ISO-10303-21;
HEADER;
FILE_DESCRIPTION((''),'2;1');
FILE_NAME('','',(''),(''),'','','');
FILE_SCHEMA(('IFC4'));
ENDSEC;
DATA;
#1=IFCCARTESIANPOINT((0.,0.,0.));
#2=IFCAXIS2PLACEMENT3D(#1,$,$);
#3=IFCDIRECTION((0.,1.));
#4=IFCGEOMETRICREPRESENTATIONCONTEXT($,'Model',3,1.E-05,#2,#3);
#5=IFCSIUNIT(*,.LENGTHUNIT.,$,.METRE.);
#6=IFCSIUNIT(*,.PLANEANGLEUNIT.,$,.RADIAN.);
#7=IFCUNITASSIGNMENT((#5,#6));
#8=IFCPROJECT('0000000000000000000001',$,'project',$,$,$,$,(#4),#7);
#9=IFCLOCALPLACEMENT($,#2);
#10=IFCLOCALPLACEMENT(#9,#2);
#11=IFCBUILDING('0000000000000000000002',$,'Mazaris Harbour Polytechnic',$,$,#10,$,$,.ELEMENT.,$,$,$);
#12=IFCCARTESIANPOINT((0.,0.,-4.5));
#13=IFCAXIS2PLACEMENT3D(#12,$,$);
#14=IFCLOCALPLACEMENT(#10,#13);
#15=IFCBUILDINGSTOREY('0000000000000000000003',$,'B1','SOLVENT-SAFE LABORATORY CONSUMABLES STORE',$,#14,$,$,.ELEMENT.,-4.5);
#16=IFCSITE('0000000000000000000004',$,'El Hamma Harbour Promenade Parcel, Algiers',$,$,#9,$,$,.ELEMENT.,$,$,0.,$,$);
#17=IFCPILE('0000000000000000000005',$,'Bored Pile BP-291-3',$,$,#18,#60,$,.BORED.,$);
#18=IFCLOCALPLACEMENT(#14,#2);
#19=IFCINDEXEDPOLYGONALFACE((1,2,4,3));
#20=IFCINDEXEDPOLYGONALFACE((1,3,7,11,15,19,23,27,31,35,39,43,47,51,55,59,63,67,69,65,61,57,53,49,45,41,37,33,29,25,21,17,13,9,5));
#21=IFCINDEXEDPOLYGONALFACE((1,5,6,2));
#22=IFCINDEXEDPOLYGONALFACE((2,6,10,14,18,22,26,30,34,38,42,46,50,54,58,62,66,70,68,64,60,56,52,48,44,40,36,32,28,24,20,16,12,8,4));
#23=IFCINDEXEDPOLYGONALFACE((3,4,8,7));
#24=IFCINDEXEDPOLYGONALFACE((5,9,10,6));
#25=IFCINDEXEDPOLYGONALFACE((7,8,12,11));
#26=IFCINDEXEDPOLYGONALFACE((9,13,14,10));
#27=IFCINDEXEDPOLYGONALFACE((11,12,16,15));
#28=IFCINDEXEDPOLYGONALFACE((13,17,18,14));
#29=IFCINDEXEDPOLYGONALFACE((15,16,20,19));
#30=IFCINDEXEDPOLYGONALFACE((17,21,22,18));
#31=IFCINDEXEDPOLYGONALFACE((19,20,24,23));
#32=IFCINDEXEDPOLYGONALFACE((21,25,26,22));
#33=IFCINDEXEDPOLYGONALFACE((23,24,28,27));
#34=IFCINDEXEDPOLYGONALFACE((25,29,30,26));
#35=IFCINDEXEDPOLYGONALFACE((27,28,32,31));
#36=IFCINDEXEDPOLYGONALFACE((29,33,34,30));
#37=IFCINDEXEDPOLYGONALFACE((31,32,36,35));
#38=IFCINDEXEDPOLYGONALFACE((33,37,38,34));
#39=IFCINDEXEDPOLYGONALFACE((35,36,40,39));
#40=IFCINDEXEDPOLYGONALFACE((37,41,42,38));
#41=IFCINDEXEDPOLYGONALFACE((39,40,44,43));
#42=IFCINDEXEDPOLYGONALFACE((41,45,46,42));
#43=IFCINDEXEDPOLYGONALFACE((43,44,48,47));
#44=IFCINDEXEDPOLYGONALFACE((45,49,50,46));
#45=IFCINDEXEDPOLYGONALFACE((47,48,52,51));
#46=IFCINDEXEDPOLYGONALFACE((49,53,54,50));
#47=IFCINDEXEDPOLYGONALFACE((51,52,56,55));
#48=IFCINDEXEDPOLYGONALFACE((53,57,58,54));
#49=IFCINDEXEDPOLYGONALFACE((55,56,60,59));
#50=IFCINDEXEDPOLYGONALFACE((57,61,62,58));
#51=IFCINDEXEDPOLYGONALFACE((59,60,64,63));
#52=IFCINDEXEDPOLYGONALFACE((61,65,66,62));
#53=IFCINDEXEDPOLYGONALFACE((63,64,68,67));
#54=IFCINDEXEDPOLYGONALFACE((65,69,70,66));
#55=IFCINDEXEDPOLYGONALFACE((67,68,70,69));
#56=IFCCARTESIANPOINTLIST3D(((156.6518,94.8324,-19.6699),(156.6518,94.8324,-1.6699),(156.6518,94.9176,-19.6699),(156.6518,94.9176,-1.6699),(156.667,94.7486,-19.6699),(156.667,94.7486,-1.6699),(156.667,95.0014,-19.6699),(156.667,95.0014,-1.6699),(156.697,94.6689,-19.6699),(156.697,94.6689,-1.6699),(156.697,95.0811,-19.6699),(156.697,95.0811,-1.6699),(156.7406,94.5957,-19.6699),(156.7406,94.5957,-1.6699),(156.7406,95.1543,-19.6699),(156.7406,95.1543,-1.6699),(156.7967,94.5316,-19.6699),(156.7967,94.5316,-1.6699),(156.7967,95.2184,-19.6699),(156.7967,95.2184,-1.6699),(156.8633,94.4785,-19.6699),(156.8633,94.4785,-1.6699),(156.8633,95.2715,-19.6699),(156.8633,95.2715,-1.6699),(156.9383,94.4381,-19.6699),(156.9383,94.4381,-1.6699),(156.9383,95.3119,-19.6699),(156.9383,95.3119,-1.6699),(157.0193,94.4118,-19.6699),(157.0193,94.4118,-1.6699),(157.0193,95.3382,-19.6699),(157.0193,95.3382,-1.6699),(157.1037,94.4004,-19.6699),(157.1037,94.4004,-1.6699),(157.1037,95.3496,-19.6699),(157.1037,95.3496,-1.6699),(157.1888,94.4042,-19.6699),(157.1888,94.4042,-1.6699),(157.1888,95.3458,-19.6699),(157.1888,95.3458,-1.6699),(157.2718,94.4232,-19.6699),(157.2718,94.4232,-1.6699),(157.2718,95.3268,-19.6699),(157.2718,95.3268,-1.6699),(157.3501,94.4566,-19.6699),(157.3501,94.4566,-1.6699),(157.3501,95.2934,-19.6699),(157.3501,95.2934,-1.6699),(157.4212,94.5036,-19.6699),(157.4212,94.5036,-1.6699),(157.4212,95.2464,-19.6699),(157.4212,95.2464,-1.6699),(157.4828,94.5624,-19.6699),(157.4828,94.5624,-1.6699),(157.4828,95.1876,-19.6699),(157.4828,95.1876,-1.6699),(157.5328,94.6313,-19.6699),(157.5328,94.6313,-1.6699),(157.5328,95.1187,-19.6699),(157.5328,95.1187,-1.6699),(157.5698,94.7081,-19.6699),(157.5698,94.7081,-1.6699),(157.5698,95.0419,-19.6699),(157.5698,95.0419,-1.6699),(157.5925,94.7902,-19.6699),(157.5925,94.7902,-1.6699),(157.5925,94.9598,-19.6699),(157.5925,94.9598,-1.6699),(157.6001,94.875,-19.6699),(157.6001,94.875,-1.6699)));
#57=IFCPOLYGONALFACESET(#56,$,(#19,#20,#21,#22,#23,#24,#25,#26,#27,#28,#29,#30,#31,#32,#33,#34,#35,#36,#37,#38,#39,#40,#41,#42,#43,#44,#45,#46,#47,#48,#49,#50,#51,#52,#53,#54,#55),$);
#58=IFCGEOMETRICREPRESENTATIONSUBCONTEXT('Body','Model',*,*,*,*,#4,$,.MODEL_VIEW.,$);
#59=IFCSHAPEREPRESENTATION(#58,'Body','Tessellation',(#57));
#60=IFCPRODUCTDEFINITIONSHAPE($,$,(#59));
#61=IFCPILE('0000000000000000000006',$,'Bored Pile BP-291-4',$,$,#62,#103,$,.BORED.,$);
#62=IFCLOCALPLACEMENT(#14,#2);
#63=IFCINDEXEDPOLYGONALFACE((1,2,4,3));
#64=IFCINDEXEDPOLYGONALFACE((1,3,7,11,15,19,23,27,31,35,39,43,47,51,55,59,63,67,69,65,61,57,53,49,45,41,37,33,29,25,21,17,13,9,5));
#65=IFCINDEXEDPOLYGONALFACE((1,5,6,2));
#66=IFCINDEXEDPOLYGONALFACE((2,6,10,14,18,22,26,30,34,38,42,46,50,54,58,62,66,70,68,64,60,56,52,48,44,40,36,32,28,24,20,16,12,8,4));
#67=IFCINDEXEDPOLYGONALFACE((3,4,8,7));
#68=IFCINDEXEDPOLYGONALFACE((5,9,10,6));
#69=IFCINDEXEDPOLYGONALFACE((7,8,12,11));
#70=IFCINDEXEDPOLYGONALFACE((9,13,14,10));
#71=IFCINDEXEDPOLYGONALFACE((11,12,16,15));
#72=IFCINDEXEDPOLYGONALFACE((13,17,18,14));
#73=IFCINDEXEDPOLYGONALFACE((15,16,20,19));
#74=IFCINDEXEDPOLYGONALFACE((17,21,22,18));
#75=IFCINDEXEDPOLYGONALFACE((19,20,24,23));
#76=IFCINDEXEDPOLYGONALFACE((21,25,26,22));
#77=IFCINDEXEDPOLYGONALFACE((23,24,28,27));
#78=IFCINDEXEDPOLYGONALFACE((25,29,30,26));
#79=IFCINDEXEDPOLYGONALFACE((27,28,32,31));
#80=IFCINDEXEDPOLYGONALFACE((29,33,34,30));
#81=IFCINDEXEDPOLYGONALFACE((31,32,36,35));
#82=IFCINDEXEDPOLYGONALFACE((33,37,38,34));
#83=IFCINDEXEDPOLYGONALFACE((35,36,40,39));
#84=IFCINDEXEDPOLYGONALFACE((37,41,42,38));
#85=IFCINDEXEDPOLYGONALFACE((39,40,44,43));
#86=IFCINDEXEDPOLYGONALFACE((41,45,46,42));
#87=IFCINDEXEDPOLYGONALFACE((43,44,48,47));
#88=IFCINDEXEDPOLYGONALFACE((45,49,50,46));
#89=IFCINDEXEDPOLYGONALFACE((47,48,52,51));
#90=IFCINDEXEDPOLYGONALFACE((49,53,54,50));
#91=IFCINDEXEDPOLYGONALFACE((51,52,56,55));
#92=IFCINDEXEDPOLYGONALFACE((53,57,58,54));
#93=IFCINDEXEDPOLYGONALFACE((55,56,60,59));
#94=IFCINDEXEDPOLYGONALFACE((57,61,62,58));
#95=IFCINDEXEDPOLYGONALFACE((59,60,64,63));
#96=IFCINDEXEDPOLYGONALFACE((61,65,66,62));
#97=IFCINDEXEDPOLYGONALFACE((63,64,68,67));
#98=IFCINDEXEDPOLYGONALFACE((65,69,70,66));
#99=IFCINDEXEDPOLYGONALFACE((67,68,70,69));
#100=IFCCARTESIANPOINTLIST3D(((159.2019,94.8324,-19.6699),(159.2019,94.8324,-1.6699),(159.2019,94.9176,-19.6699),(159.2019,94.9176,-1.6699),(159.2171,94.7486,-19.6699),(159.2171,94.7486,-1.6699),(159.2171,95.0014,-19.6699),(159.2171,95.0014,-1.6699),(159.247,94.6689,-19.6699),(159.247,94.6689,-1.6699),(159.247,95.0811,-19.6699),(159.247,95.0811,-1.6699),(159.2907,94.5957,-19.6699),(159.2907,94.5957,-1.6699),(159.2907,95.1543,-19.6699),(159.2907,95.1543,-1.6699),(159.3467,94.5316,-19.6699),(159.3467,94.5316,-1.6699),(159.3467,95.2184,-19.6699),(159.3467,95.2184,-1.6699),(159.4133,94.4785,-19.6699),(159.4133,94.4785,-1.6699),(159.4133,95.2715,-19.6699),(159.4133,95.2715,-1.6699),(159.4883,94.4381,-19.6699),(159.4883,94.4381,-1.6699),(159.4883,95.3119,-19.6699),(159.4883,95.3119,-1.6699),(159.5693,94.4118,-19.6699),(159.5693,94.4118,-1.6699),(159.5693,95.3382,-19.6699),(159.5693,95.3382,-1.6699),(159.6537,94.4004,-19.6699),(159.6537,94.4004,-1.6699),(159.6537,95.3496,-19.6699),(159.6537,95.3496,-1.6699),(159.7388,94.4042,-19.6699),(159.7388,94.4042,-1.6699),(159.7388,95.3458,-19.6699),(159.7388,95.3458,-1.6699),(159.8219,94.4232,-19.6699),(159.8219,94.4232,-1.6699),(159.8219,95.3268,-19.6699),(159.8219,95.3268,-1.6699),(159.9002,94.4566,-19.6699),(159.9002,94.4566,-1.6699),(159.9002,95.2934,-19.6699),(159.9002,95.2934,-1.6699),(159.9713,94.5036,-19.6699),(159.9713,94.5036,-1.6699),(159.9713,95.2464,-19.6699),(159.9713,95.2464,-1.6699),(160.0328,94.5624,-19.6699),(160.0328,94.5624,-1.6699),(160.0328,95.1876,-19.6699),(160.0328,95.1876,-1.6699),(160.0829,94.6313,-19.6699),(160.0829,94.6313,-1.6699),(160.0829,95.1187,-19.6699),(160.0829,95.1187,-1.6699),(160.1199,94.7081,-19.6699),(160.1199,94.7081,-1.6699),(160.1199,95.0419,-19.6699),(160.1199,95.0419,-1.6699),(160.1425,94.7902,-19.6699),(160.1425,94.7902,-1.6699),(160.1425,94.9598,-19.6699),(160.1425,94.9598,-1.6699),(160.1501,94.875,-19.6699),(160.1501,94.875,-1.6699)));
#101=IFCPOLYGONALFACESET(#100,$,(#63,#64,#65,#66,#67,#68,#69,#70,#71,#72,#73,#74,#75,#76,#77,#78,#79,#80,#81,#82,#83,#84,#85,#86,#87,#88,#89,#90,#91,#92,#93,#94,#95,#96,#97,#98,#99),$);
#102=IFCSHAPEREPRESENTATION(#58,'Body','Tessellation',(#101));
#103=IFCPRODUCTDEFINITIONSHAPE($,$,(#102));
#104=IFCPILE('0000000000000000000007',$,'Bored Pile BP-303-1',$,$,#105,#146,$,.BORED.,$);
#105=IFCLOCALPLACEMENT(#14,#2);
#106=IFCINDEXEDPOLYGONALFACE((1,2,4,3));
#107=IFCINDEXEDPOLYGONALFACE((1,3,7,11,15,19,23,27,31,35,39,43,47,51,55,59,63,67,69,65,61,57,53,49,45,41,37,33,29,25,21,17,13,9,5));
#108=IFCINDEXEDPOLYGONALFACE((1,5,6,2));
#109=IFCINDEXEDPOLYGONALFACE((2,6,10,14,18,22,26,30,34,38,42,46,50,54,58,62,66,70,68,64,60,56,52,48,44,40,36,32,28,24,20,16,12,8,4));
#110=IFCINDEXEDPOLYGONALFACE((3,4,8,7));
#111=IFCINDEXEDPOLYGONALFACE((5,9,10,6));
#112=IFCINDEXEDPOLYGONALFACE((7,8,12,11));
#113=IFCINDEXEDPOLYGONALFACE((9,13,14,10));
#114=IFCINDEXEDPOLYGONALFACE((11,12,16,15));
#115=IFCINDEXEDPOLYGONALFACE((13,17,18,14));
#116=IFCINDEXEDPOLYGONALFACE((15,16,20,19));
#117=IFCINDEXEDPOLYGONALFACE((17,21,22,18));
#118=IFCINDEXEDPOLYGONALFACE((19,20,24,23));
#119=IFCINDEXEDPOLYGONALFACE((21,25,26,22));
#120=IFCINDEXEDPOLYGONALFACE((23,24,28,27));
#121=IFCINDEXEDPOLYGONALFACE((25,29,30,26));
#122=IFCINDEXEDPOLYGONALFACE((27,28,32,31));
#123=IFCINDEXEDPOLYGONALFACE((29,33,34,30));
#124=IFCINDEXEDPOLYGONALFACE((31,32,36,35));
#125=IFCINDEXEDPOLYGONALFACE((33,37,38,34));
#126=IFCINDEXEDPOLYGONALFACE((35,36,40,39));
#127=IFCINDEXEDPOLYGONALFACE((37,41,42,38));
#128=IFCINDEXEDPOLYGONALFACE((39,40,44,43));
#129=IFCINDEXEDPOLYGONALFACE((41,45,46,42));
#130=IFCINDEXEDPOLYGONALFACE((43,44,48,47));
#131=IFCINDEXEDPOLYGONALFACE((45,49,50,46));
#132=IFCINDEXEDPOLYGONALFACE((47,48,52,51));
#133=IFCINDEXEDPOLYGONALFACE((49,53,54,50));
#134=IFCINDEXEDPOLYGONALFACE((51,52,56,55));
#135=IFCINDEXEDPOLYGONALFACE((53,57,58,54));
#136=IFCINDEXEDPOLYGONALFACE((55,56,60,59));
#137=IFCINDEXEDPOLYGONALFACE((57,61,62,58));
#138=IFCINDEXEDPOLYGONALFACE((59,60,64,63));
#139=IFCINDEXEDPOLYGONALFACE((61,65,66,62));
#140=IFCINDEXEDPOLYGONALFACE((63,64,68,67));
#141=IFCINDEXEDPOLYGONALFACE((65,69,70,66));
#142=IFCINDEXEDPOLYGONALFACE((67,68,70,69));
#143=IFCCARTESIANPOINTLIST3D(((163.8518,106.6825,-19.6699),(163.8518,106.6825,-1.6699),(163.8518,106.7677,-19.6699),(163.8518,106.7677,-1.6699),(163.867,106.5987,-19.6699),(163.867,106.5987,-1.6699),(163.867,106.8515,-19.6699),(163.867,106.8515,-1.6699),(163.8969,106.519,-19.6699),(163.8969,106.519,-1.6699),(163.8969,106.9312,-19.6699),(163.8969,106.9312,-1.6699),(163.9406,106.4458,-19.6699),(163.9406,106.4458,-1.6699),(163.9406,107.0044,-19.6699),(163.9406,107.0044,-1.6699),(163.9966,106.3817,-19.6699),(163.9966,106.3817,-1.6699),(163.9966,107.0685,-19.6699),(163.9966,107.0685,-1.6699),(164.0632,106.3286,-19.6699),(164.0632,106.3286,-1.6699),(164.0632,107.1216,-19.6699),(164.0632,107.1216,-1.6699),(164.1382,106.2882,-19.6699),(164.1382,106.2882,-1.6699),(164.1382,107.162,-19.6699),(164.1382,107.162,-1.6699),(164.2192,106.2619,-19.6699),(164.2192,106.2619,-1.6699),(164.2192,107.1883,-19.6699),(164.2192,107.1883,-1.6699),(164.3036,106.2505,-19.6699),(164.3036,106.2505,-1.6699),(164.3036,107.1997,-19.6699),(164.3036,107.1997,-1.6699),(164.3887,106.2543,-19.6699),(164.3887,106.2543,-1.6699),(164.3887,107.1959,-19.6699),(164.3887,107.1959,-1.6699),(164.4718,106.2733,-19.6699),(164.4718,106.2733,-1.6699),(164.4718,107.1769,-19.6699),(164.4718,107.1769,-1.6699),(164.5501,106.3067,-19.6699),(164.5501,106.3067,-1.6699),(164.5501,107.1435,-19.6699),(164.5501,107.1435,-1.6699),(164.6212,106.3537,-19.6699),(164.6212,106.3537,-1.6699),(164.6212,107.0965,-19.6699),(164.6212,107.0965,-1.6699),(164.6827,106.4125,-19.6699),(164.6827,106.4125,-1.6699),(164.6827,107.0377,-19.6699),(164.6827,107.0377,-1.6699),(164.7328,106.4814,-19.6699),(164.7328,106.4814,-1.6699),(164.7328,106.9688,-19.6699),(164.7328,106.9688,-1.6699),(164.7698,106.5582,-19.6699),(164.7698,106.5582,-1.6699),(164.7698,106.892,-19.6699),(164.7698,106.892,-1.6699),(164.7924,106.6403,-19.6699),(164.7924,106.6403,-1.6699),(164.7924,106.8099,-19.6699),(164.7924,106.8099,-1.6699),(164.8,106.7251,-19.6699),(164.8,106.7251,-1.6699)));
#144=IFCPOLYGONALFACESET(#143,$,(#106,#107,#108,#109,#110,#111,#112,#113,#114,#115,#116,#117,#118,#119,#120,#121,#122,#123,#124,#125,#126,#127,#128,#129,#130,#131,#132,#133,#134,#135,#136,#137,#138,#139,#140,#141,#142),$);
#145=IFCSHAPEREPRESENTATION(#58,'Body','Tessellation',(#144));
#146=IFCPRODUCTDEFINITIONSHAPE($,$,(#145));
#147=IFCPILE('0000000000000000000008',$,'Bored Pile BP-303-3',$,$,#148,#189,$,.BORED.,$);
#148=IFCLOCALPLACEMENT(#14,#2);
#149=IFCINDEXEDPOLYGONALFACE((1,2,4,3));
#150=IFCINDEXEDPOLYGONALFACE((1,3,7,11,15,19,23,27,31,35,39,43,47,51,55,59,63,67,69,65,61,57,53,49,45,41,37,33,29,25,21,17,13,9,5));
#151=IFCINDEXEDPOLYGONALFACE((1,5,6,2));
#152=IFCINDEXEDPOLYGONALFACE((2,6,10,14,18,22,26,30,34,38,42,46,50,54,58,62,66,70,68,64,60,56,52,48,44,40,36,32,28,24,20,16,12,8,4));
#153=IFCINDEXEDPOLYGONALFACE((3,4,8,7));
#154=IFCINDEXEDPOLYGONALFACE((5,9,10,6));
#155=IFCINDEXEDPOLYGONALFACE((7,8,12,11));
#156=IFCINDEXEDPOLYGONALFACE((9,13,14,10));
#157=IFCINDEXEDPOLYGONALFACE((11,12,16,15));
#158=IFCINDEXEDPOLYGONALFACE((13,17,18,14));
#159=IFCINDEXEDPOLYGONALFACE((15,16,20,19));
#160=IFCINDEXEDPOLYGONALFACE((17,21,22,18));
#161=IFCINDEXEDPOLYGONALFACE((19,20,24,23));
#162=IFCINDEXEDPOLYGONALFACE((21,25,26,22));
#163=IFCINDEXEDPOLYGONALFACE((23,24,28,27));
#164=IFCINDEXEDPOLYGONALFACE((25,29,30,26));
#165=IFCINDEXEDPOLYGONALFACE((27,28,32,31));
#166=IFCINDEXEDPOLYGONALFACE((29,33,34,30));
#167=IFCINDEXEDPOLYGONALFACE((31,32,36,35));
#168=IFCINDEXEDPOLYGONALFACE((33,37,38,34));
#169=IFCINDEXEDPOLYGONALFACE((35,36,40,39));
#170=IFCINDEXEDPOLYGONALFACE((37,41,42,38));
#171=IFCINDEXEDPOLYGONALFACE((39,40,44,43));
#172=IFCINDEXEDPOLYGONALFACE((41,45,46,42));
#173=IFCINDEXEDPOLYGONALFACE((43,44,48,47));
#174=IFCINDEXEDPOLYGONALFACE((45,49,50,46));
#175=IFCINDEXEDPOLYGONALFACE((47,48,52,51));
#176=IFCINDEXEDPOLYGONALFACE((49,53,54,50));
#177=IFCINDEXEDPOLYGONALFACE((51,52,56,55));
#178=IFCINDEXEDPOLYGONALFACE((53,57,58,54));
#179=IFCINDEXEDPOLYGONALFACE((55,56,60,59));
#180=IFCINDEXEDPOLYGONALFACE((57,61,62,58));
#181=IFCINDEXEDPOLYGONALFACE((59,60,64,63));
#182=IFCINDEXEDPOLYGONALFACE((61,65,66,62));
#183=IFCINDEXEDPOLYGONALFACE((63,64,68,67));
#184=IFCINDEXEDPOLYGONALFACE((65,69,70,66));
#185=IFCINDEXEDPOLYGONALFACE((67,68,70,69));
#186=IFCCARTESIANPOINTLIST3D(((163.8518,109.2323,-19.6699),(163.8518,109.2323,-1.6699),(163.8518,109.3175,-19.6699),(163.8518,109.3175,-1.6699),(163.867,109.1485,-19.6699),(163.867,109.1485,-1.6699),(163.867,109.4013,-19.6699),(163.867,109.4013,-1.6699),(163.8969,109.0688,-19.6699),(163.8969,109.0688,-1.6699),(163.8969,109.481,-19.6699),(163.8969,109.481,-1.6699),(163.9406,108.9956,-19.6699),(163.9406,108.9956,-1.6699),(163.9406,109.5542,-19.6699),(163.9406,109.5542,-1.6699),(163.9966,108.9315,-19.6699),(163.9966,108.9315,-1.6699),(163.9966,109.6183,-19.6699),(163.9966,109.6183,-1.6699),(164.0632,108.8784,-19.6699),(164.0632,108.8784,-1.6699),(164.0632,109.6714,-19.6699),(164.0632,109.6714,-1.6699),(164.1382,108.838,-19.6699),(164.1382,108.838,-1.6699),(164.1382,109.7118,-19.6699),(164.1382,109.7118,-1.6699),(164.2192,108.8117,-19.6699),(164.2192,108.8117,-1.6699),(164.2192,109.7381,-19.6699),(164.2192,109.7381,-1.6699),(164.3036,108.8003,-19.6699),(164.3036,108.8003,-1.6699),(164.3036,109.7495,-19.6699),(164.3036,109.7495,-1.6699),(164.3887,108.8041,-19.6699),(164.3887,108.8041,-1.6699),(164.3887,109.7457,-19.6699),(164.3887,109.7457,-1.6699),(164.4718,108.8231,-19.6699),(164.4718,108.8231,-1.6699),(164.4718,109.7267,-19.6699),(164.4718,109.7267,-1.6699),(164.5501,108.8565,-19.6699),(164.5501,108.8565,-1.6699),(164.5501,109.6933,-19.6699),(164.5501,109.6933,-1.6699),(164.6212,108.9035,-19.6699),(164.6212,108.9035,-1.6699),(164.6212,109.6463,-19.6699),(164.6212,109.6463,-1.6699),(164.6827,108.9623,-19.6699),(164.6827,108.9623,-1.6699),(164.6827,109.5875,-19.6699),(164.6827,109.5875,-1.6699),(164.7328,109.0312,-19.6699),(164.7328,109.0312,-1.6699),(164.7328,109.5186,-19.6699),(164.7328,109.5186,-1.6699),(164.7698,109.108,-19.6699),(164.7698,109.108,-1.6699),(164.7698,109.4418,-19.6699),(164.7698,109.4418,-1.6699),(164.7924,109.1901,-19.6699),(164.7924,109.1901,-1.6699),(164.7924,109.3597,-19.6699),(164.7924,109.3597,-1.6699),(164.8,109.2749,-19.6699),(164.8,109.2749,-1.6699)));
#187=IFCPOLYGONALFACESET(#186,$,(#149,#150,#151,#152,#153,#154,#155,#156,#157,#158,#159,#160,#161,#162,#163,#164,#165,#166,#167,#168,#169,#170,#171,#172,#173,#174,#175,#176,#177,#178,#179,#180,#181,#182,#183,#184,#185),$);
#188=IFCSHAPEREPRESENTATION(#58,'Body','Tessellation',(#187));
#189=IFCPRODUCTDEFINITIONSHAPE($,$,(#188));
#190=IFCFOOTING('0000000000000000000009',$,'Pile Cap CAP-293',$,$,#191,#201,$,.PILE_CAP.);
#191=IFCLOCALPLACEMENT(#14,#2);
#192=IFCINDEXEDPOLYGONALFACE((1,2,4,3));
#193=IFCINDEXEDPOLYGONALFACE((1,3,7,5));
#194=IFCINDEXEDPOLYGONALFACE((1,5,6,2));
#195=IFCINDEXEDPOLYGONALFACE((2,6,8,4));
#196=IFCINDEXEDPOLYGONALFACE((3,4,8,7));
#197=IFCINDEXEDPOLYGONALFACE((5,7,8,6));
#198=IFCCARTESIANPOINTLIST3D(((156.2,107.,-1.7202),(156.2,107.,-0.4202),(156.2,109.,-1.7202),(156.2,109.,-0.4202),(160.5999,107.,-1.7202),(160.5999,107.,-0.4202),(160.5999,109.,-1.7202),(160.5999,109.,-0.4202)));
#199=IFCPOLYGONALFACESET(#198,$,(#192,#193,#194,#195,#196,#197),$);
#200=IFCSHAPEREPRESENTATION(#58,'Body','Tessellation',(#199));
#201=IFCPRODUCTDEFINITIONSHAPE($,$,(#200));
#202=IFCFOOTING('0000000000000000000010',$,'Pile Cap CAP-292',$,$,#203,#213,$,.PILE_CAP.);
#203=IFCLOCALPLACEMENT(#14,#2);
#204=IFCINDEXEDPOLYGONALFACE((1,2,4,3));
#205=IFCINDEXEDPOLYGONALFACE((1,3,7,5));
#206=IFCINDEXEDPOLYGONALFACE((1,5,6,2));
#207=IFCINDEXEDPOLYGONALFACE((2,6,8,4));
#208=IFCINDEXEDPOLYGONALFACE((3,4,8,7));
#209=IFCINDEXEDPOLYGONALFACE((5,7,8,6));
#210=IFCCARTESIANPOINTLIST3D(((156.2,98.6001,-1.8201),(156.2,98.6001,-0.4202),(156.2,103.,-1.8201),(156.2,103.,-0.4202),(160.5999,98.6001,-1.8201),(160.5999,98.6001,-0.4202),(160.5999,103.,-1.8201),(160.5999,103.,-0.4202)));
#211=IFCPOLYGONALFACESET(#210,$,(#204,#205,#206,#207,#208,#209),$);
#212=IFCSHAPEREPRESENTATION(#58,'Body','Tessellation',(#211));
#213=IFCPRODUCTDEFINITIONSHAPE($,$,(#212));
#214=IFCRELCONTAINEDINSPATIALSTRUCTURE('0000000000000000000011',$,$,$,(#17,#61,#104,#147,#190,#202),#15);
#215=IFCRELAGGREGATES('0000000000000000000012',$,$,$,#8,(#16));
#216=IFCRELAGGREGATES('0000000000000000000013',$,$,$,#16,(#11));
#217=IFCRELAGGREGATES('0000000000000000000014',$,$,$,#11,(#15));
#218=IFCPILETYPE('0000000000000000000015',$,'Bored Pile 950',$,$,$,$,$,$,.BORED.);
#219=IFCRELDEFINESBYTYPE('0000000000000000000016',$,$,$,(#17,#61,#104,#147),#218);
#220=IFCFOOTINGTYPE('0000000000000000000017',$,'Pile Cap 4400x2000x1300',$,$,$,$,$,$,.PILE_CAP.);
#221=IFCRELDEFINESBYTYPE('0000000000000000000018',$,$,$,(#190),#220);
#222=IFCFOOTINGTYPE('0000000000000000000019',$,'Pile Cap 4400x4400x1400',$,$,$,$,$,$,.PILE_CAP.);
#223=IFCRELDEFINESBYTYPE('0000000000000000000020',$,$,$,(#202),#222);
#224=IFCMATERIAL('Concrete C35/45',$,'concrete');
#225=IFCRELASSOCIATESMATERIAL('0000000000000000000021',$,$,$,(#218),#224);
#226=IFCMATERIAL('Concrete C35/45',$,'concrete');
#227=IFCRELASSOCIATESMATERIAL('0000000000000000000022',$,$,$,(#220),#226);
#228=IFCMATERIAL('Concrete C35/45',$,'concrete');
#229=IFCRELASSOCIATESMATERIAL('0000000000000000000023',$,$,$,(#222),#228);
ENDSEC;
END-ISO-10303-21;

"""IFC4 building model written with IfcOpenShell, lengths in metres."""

from ifc_helpers import new_model, si_unit, direction, frame, origin, origin_2d, place, context, subcontext, project, spatial, rectangle, circle, extrude, material, material_profile, profile_set, type_object, element, save


model = new_model("IFC4")

# Units and contexts
model_context = context("Model", 3, precision=1e-05, world=origin(), true_north=direction((0.0, 1.0)))
body_context = subcontext(model_context, "Body", "Model", "MODEL_VIEW")
ifc_project = project(units=[si_unit("LENGTHUNIT", "METRE"), si_unit("PLANEANGLEUNIT", "RADIAN")], contexts=[model_context])

# Site, building, storey
site_placement = place(None, origin())
site = spatial("IfcSite", under=ifc_project, at=site_placement, Name="El Hamma Harbour Promenade Parcel, Algiers", CompositionType="ELEMENT", RefElevation=0.0)
building_placement = place(site_placement, origin())
building = spatial("IfcBuilding", under=site, at=building_placement, Name="Mazaris Harbour Polytechnic", CompositionType="ELEMENT")
storey_placement = place(building_placement, frame((0.0, 0.0, -4.5)))
storey = spatial("IfcBuildingStorey", under=building, at=storey_placement, Name="B1", Description="SOLVENT-SAFE LABORATORY CONSUMABLES STORE", CompositionType="ELEMENT", Elevation=-4.5)

# Piles
ifc_material_1 = material(Name="Concrete C35/45", Category="concrete")
ifc_material_profile_1 = material_profile(ifc_material_1, circle(Radius=0.4751, at=origin_2d()), Name="DIA950")
ifc_profile_set_1 = profile_set([ifc_material_profile_1], Name="Concrete C35/45")
pile_type_1 = type_object("IfcPileType", Name="Bored Pile 950", PredefinedType="BORED", material=ifc_profile_set_1)
for number, where, z_axis, x_axis, name in (
    (1, (157.125, 94.875, -1.6699), (0.0, 0.0, -1.0), (1.0, 0.0, 0.0), "Bored Pile BP-291-3"),
    (2, (159.675, 94.875, -1.6699), (0.0, 0.0, -1.0), (1.0, 0.0, 0.0), "Bored Pile BP-291-4"),
    (3, (164.325, 106.7251, -1.6699), (0.0, 0.0, -1.0), (1.0, 0.0, 0.0), "Bored Pile BP-303-1"),
    (4, (164.325, 109.2749, -1.6699), (0.0, 0.0, -1.0), (1.0, 0.0, 0.0), "Bored Pile BP-303-3"),
):
    element("IfcPile", number, at=place(storey_placement, frame(where, z_axis=z_axis, x_axis=x_axis)), inside=storey, type_object=pile_type_1, Name=name, PredefinedType="BORED", context=body_context, shape_type="SweptSolid", body=[
        extrude(circle(Radius=0.4751, at=origin_2d()), origin(), (0.0, 0.0, 1.0), 18.0),
    ])

# Footings
ifc_material_2 = material(Name="Concrete C35/45", Category="concrete")
footing_type_1 = type_object("IfcFootingType", Name="Pile Cap 4400x2000x1300", PredefinedType="PILE_CAP", material=ifc_material_2)
footing_1_placement = place(storey_placement, frame((158.3999, 108.0, -1.7202), z_axis=(0.0, 0.0, 1.0), x_axis=(1.0, 0.0, 0.0)))
element("IfcFooting", 5, at=footing_1_placement, inside=storey, type_object=footing_type_1, Name="Pile Cap CAP-293", PredefinedType="PILE_CAP", context=body_context, shape_type="SweptSolid", body=[
    extrude(rectangle(XDim=4.3999, YDim=2.0, at=origin_2d()), origin(), (0.0, 0.0, 1.0), 1.3),
])
ifc_material_3 = material(Name="Concrete C35/45", Category="concrete")
footing_type_2 = type_object("IfcFootingType", Name="Pile Cap 4400x4400x1400", PredefinedType="PILE_CAP", material=ifc_material_3)
footing_2_placement = place(storey_placement, frame((158.3999, 100.8, -1.8201), z_axis=(0.0, 0.0, 1.0), x_axis=(1.0, 0.0, 0.0)))
element("IfcFooting", 6, at=footing_2_placement, inside=storey, type_object=footing_type_2, Name="Pile Cap CAP-292", PredefinedType="PILE_CAP", context=body_context, shape_type="SweptSolid", body=[
    extrude(rectangle(XDim=4.3999, YDim=4.3999, at=origin_2d()), origin(), (0.0, 0.0, 1.0), 1.3999),
])

save(model, "model.ifc")
